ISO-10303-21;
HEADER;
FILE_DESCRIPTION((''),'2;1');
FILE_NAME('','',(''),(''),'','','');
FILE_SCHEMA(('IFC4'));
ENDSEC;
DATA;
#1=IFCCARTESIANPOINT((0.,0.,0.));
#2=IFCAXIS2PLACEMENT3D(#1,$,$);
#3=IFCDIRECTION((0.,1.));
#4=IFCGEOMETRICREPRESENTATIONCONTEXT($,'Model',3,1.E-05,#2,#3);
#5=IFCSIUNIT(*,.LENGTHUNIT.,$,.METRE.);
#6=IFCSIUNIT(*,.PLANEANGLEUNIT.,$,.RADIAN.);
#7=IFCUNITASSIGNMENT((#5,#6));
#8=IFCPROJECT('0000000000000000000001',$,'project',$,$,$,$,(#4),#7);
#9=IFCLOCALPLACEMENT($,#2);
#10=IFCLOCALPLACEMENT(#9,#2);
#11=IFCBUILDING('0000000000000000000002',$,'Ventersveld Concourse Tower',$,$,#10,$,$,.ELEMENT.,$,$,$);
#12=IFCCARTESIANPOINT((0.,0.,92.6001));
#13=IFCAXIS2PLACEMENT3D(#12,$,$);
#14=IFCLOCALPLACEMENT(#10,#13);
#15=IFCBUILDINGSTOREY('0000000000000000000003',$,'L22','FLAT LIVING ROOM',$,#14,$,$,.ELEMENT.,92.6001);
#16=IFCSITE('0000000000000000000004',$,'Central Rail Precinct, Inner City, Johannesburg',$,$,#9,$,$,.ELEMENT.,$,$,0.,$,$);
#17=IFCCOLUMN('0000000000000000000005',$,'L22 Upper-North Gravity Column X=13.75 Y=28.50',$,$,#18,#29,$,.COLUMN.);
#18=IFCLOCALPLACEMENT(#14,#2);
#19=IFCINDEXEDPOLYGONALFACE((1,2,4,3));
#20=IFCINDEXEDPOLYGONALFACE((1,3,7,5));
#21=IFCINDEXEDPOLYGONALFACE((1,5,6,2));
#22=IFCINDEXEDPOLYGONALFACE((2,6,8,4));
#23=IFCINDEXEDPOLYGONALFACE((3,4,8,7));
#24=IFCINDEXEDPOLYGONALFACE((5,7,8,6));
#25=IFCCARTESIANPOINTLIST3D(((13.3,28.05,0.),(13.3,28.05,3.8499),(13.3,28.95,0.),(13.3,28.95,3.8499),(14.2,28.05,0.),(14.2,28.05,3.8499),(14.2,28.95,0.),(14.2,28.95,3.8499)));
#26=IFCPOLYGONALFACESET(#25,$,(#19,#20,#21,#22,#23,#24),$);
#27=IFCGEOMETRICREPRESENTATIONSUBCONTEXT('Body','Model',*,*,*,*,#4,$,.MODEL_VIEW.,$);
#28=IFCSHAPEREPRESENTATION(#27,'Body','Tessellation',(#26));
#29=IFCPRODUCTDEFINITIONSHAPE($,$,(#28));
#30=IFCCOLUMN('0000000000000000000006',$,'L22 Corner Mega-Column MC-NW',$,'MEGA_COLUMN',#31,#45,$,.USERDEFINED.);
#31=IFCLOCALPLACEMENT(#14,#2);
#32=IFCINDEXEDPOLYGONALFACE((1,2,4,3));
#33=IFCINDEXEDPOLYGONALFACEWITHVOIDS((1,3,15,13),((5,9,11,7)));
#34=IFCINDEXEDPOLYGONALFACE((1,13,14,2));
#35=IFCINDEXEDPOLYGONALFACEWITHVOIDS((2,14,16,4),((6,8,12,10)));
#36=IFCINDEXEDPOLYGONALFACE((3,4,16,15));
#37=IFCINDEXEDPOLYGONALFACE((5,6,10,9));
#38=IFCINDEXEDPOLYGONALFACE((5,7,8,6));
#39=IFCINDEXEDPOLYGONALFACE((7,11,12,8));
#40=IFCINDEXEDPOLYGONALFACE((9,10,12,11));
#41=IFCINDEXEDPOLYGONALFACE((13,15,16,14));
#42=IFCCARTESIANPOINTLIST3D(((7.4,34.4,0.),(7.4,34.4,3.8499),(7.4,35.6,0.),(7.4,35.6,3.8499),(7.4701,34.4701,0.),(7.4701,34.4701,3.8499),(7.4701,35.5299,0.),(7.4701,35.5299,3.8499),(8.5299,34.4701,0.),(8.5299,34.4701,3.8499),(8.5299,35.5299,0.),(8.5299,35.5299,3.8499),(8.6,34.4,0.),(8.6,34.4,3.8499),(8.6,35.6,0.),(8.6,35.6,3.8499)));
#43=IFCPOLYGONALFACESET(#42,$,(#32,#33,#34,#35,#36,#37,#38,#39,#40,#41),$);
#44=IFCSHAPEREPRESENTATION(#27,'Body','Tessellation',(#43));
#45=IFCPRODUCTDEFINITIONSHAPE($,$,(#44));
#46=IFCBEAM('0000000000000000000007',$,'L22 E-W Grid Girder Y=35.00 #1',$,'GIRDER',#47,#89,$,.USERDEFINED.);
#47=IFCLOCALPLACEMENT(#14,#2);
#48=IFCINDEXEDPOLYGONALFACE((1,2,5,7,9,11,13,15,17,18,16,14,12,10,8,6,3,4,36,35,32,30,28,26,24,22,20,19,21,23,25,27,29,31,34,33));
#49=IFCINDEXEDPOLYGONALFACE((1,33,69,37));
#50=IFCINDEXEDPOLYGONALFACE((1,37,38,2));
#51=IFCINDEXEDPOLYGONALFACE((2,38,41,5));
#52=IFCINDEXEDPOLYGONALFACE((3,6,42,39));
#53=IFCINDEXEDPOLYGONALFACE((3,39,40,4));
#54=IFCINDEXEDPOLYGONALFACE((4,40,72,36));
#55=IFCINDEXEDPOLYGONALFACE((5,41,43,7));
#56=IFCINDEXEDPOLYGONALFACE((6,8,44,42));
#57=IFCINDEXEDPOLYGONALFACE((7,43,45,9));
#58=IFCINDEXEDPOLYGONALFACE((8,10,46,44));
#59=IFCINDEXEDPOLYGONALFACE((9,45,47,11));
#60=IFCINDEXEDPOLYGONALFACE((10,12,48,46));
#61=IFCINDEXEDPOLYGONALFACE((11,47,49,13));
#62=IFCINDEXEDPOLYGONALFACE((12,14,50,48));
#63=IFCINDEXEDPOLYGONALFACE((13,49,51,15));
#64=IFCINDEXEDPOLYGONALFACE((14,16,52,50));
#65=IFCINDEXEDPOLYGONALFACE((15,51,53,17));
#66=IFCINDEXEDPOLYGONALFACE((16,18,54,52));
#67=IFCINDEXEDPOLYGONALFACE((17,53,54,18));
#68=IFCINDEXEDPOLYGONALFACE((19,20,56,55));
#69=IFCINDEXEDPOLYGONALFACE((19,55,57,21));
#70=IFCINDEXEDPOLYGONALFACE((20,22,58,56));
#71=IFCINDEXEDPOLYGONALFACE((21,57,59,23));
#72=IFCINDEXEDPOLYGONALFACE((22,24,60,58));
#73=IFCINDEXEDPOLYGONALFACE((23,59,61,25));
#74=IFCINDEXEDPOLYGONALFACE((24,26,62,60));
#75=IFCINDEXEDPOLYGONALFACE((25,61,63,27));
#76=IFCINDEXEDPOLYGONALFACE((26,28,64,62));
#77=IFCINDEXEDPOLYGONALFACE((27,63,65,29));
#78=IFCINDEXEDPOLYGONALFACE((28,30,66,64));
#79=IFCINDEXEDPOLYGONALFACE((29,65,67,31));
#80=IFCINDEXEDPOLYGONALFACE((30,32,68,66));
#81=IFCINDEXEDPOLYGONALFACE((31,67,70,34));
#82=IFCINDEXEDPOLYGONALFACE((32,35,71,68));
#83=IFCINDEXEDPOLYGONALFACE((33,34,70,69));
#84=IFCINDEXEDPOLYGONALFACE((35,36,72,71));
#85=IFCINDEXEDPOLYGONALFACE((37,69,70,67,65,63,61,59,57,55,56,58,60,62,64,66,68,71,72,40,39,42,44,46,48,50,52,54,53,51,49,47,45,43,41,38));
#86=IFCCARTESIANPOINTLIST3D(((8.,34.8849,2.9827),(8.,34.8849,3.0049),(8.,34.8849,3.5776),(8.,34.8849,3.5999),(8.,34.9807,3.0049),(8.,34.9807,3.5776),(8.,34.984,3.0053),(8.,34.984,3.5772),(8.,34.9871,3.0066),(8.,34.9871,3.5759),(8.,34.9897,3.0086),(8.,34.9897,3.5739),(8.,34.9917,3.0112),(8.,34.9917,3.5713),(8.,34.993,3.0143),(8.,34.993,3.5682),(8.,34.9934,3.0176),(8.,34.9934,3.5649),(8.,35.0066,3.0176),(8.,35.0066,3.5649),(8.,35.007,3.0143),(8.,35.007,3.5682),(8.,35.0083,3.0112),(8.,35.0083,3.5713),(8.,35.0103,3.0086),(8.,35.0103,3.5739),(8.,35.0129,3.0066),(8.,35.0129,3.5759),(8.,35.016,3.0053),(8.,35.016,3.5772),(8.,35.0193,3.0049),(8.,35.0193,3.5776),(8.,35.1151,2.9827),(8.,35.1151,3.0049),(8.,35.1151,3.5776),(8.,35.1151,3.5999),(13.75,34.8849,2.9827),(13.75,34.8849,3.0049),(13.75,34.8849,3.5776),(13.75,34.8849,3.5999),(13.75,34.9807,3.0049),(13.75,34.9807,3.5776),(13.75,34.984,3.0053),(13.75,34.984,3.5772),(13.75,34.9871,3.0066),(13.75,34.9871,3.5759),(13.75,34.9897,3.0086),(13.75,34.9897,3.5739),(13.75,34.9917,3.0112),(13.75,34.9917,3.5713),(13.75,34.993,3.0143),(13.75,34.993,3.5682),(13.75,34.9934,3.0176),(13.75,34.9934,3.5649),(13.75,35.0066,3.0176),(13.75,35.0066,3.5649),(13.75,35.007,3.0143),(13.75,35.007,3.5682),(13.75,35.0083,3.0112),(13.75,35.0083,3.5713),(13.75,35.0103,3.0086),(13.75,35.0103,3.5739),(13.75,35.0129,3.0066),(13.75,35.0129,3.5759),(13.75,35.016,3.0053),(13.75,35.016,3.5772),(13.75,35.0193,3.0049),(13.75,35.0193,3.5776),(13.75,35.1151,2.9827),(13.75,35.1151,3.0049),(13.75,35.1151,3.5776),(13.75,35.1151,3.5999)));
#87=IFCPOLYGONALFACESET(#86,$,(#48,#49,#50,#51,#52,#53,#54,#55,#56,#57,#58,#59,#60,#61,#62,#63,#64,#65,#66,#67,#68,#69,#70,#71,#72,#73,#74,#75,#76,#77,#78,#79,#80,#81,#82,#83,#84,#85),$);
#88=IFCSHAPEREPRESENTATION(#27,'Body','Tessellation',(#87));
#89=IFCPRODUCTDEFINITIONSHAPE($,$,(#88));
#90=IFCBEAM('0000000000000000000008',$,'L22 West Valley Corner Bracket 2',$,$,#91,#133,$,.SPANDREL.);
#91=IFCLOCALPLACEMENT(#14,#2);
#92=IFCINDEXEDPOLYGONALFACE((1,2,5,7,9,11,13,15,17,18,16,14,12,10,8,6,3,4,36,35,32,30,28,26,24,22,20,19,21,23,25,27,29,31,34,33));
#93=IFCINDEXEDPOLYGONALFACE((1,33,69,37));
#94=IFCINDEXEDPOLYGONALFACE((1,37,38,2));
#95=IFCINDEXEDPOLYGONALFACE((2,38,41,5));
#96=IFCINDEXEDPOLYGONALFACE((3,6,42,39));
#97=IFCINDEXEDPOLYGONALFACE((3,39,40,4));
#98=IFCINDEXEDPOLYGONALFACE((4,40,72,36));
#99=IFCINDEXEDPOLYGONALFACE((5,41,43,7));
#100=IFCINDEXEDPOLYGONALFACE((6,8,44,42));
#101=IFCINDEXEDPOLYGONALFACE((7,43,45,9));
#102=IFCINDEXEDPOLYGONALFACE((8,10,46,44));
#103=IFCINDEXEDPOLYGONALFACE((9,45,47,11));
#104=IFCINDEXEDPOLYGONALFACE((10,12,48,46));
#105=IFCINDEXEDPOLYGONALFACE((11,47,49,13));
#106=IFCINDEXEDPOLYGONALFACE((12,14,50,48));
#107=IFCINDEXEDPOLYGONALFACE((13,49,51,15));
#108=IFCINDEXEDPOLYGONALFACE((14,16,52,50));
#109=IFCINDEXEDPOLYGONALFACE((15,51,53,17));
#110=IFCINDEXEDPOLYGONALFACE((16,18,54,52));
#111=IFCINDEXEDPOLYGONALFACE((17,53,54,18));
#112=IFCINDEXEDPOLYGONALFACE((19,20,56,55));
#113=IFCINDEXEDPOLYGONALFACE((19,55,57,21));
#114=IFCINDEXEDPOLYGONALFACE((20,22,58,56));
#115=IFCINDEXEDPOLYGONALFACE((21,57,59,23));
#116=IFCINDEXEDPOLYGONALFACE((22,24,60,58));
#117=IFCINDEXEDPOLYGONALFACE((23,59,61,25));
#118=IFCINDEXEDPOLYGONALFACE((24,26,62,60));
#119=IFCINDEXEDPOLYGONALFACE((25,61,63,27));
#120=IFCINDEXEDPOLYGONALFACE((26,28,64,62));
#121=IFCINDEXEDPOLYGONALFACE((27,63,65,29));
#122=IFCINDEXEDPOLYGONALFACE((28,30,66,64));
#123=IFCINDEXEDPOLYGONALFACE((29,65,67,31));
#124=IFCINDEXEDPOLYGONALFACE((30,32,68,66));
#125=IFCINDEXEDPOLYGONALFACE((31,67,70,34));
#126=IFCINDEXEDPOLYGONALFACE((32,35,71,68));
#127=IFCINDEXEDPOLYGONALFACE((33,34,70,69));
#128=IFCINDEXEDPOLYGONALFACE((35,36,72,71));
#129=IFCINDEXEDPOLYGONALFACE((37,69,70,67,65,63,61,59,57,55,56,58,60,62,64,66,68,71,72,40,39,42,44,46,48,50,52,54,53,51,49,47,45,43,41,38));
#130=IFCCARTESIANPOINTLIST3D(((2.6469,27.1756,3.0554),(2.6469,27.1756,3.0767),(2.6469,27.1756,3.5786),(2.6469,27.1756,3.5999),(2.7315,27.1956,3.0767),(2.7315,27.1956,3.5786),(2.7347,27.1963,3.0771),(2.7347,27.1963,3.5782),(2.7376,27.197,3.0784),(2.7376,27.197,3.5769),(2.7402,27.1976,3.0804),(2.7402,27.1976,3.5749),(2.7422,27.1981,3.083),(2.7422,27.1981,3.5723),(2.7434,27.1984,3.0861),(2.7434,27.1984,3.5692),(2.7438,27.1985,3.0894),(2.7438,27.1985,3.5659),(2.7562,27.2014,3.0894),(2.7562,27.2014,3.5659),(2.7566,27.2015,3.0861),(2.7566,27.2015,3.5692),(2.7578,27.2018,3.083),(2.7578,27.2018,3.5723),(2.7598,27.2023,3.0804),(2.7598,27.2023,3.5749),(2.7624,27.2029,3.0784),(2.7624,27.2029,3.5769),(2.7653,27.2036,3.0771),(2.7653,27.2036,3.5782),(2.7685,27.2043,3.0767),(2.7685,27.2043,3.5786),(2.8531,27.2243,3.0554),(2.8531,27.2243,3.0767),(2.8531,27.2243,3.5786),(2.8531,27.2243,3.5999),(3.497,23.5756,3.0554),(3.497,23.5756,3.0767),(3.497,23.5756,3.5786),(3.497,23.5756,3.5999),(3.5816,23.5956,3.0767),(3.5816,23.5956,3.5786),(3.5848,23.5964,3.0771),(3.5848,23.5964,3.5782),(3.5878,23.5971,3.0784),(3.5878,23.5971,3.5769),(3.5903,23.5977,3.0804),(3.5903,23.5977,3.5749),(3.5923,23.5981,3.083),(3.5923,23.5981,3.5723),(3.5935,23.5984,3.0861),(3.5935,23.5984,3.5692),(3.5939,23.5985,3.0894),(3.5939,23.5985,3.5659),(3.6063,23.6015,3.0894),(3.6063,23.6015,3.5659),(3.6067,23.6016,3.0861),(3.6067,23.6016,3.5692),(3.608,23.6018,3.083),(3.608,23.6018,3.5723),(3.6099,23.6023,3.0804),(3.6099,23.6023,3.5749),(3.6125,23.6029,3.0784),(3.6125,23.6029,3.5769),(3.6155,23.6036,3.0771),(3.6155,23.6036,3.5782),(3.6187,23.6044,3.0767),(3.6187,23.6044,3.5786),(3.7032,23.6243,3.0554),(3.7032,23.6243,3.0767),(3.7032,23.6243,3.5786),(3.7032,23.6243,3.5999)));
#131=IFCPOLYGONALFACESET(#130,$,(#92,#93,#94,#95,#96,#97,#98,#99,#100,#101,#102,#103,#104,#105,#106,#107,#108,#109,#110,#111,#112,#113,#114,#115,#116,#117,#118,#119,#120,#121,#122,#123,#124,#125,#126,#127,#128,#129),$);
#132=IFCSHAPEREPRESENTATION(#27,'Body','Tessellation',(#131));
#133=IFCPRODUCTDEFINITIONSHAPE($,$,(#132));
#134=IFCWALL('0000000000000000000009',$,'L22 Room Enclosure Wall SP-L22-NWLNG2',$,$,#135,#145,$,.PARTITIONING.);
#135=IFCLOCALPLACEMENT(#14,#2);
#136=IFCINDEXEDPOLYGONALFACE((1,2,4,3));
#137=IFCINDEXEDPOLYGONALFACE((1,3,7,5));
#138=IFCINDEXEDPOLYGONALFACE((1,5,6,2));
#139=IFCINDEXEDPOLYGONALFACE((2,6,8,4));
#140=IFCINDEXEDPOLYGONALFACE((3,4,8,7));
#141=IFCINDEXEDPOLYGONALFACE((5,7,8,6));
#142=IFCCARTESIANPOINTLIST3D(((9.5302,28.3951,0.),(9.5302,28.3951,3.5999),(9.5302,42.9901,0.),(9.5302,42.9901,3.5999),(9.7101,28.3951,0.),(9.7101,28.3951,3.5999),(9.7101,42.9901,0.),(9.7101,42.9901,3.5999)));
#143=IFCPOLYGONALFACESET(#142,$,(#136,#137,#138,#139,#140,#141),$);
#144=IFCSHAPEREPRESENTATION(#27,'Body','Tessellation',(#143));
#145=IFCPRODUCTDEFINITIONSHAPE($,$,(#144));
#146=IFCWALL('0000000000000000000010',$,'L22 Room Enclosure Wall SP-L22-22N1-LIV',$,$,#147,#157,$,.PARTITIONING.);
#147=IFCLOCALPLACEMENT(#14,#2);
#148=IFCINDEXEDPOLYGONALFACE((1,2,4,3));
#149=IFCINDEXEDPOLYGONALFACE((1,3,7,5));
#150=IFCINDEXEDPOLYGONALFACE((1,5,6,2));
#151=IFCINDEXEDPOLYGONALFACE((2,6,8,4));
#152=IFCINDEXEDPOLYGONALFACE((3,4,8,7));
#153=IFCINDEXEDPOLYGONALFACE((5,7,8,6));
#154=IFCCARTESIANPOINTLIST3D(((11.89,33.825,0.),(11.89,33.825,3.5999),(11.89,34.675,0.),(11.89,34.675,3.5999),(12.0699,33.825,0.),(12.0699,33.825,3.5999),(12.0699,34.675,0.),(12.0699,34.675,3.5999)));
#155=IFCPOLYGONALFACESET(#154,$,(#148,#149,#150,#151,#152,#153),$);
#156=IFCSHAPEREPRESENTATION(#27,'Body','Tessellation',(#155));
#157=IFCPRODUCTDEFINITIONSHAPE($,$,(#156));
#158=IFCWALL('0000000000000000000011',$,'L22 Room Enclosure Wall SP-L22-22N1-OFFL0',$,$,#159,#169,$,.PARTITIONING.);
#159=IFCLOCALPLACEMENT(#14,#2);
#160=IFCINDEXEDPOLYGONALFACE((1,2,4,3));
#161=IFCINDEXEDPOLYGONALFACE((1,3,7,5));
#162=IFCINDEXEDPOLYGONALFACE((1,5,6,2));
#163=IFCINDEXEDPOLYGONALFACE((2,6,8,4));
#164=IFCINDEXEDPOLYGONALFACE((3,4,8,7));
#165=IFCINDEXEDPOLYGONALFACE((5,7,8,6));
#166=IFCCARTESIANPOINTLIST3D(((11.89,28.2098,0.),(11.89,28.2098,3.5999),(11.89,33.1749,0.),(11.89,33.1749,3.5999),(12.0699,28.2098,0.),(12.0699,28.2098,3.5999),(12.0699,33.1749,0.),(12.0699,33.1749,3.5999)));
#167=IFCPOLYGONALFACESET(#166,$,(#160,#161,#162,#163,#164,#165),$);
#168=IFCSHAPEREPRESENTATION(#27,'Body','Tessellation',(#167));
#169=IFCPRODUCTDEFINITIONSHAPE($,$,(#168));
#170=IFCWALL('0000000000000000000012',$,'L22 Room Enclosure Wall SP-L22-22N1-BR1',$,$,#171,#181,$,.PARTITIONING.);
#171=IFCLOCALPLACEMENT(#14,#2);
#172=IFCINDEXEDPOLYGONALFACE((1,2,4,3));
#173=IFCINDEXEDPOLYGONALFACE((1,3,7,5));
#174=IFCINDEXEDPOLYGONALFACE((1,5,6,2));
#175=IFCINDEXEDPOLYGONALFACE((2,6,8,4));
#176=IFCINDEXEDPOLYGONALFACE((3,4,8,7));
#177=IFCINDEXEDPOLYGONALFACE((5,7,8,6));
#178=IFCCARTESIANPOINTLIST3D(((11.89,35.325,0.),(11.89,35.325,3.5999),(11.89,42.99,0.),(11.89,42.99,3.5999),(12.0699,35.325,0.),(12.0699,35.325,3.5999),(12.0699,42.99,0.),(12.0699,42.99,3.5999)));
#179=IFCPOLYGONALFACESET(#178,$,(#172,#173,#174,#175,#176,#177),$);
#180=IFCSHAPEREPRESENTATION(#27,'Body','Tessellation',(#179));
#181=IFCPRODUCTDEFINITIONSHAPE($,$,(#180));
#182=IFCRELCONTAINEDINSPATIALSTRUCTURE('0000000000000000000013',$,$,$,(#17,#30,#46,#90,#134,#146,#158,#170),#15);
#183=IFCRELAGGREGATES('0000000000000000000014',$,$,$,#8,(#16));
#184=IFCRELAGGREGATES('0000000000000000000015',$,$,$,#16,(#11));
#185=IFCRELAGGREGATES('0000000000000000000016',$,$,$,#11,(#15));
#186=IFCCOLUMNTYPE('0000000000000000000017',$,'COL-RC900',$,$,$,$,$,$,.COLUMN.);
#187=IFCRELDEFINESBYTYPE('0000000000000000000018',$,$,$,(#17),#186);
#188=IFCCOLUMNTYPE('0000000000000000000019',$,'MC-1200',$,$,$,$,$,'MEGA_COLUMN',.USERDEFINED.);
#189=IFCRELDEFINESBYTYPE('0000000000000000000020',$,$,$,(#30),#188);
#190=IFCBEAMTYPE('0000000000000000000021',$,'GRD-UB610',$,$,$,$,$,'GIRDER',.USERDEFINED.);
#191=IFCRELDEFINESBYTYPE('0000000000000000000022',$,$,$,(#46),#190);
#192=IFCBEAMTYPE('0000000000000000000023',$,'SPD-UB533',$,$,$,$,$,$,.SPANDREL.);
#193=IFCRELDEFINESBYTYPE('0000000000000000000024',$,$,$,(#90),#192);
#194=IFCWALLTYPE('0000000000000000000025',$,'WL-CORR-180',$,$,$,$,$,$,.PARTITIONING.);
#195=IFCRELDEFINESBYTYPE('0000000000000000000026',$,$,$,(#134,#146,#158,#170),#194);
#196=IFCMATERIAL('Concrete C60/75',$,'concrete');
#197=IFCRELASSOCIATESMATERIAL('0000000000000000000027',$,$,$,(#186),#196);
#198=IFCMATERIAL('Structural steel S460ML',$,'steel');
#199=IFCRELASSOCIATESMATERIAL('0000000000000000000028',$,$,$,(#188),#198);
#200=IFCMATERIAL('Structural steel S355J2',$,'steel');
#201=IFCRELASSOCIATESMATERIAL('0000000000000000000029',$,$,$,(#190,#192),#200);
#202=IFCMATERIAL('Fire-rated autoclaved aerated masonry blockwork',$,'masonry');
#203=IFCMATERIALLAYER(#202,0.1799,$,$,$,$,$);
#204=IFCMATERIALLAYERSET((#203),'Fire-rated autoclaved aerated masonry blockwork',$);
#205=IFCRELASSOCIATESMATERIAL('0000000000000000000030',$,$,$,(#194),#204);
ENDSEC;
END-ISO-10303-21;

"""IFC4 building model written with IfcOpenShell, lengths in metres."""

from ifc_helpers import new_model, si_unit, direction, frame, frame_2d, origin, origin_2d, place, context, subcontext, project, spatial, rectangle, hollow_rectangle, i_section, extrude, material, layer, layer_set, material_profile, profile_set, type_object, element, save


model = new_model("IFC4")

# Units and contexts
model_context = context("Model", 3, precision=1e-05, world=origin(), true_north=direction((0.0, 1.0)))
body_context = subcontext(model_context, "Body", "Model", "MODEL_VIEW")
ifc_project = project(units=[si_unit("LENGTHUNIT", "METRE"), si_unit("PLANEANGLEUNIT", "RADIAN")], contexts=[model_context])

# Site, building, storey
site_placement = place(None, origin())
site = spatial("IfcSite", under=ifc_project, at=site_placement, Name="Central Rail Precinct, Inner City, Johannesburg", CompositionType="ELEMENT", RefElevation=0.0)
building_placement = place(site_placement, origin())
building = spatial("IfcBuilding", under=site, at=building_placement, Name="Ventersveld Concourse Tower", CompositionType="ELEMENT")
storey_placement = place(building_placement, frame((0.0, 0.0, 92.6001)))
storey = spatial("IfcBuildingStorey", under=building, at=storey_placement, Name="L22", Description="FLAT LIVING ROOM", CompositionType="ELEMENT", Elevation=92.6001)

# Columns
ifc_material_1 = material(Name="Concrete C60/75", Category="concrete")
ifc_material_profile_1 = material_profile(ifc_material_1, rectangle(XDim=0.8999, YDim=0.8999, at=origin_2d()), Name="RC 900x900")
ifc_profile_set_1 = profile_set([ifc_material_profile_1], Name="Concrete C60/75")
column_type_1 = type_object("IfcColumnType", Name="COL-RC900", PredefinedType="COLUMN", material=ifc_profile_set_1)
column_1_placement = place(storey_placement, frame((13.75, 28.5, 0.0), z_axis=(0.0, 0.0, 1.0), x_axis=(1.0, 0.0, 0.0)))
element("IfcColumn", 1, at=column_1_placement, inside=storey, type_object=column_type_1, Name="L22 Upper-North Gravity Column X=13.75 Y=28.50", PredefinedType="COLUMN", context=body_context, shape_type="SweptSolid", body=[
    extrude(rectangle(XDim=0.8999, YDim=0.8999, at=origin_2d()), origin(), (0.0, 0.0, 1.0), 3.8499),
])
ifc_material_2 = material(Name="Structural steel S460ML", Category="steel")
ifc_material_profile_2 = material_profile(ifc_material_2, hollow_rectangle(XDim=1.2, YDim=1.2, WallThickness=0.0701, at=origin_2d()), Name="BOX 1200x1200x70")
ifc_profile_set_2 = profile_set([ifc_material_profile_2], Name="Structural steel S460ML")
column_type_2 = type_object("IfcColumnType", Name="MC-1200", ElementType="MEGA_COLUMN", PredefinedType="USERDEFINED", material=ifc_profile_set_2)
column_2_placement = place(storey_placement, frame((8.0, 35.0, 0.0), z_axis=(0.0, 0.0, 1.0), x_axis=(1.0, 0.0, 0.0)))
element("IfcColumn", 2, at=column_2_placement, inside=storey, type_object=column_type_2, Name="L22 Corner Mega-Column MC-NW", ObjectType="MEGA_COLUMN", PredefinedType="USERDEFINED", context=body_context, shape_type="SweptSolid", body=[
    extrude(hollow_rectangle(XDim=1.2, YDim=1.2, WallThickness=0.0701, at=origin_2d()), origin(), (0.0, 0.0, 1.0), 3.8499),
])

# Beams
ifc_material_3 = material(Name="Structural steel S355J2", Category="steel")
ifc_material_profile_3 = material_profile(ifc_material_3, i_section(OverallWidth=0.2302, OverallDepth=0.6172, WebThickness=0.0132, FlangeThickness=0.0222, FilletRadius=0.0127, at=origin_2d()), Name="UB 610x229x140")
ifc_profile_set_3 = profile_set([ifc_material_profile_3], Name="Structural steel S355J2")
beam_type_1 = type_object("IfcBeamType", Name="GRD-UB610", ElementType="GIRDER", PredefinedType="USERDEFINED", material=ifc_profile_set_3)
beam_1_placement = place(storey_placement, frame((8.0, 35.0, 3.2913), z_axis=(1.0, 0.0, 0.0), x_axis=(0.0, 1.0, 0.0)))
element("IfcBeam", 3, at=beam_1_placement, inside=storey, type_object=beam_type_1, Name="L22 E-W Grid Girder Y=35.00 #1", ObjectType="GIRDER", PredefinedType="USERDEFINED", context=body_context, shape_type="SweptSolid", body=[
    extrude(i_section(OverallWidth=0.2302, OverallDepth=0.6172, WebThickness=0.0132, FlangeThickness=0.0222, FilletRadius=0.0127, at=origin_2d()), origin(), (0.0, 0.0, 1.0), 5.75),
])
ifc_material_profile_4 = material_profile(ifc_material_3, i_section(OverallWidth=0.2119, OverallDepth=0.5444, WebThickness=0.0127, FlangeThickness=0.0212, FilletRadius=0.0127, at=origin_2d()), Name="UB 533x210x122")
ifc_profile_set_4 = profile_set([ifc_material_profile_4], Name="Structural steel S355J2")
beam_type_2 = type_object("IfcBeamType", Name="SPD-UB533", PredefinedType="SPANDREL", material=ifc_profile_set_4)
beam_2_placement = place(storey_placement, frame((2.75, 27.2, 3.3276), z_axis=(0.229827, -0.973232, 0.0), x_axis=(0.973232, 0.229827, 0.0)))
element("IfcBeam", 4, at=beam_2_placement, inside=storey, type_object=beam_type_2, Name="L22 West Valley Corner Bracket 2", PredefinedType="SPANDREL", context=body_context, shape_type="SweptSolid", body=[
    extrude(i_section(OverallWidth=0.2119, OverallDepth=0.5444, WebThickness=0.0127, FlangeThickness=0.0212, FilletRadius=0.0127, at=origin_2d()), origin(), (0.0, 0.0, 1.0), 3.699),
])

# Walls
ifc_material_4 = material(Name="Fire-rated autoclaved aerated masonry blockwork", Category="masonry")
ifc_layer_1 = layer(ifc_material_4, 0.1799)
ifc_layer_set_1 = layer_set([ifc_layer_1], Name="Fire-rated autoclaved aerated masonry blockwork")
wall_type_1 = type_object("IfcWallType", Name="WL-CORR-180", PredefinedType="PARTITIONING", material=ifc_layer_set_1)
wall_1_placement = place(storey_placement, frame((9.6201, 42.99, 0.0), z_axis=(0.0, 0.0, 1.0), x_axis=(0.0, -1.0, 0.0)))
element("IfcWall", 5, at=wall_1_placement, inside=storey, type_object=wall_type_1, Name="L22 Room Enclosure Wall SP-L22-NWLNG2", PredefinedType="PARTITIONING", context=body_context, shape_type="SweptSolid", body=[
    extrude(rectangle(XDim=14.595, YDim=0.1799, at=frame_2d((7.2974, 0.0))), origin(), (0.0, 0.0, 1.0), 3.5999),
])
wall_2_placement = place(storey_placement, frame((11.98, 33.825, 0.0), z_axis=(0.0, 0.0, 1.0), x_axis=(0.0, 1.0, 0.0)))
element("IfcWall", 6, at=wall_2_placement, inside=storey, type_object=wall_type_1, Name="L22 Room Enclosure Wall SP-L22-22N1-LIV", PredefinedType="PARTITIONING", context=body_context, shape_type="SweptSolid", body=[
    extrude(rectangle(XDim=0.8501, YDim=0.1799, at=frame_2d((0.425, 0.0))), origin(), (0.0, 0.0, 1.0), 3.5999),
])
wall_3_placement = place(storey_placement, frame((11.98, 28.21, 0.0), z_axis=(0.0, 0.0, 1.0), x_axis=(0.0, 1.0, 0.0)))
element("IfcWall", 7, at=wall_3_placement, inside=storey, type_object=wall_type_1, Name="L22 Room Enclosure Wall SP-L22-22N1-OFFL0", PredefinedType="PARTITIONING", context=body_context, shape_type="SweptSolid", body=[
    extrude(rectangle(XDim=4.9651, YDim=0.1799, at=frame_2d((2.4824, 0.0))), origin(), (0.0, 0.0, 1.0), 3.5999),
])
wall_4_placement = place(storey_placement, frame((11.98, 35.325, 0.0), z_axis=(0.0, 0.0, 1.0), x_axis=(0.0, 1.0, 0.0)))
element("IfcWall", 8, at=wall_4_placement, inside=storey, type_object=wall_type_1, Name="L22 Room Enclosure Wall SP-L22-22N1-BR1", PredefinedType="PARTITIONING", context=body_context, shape_type="SweptSolid", body=[
    extrude(rectangle(XDim=7.665, YDim=0.1799, at=frame_2d((3.8325, 0.0))), origin(), (0.0, 0.0, 1.0), 3.5999),
])

save(model, "model.ifc")
